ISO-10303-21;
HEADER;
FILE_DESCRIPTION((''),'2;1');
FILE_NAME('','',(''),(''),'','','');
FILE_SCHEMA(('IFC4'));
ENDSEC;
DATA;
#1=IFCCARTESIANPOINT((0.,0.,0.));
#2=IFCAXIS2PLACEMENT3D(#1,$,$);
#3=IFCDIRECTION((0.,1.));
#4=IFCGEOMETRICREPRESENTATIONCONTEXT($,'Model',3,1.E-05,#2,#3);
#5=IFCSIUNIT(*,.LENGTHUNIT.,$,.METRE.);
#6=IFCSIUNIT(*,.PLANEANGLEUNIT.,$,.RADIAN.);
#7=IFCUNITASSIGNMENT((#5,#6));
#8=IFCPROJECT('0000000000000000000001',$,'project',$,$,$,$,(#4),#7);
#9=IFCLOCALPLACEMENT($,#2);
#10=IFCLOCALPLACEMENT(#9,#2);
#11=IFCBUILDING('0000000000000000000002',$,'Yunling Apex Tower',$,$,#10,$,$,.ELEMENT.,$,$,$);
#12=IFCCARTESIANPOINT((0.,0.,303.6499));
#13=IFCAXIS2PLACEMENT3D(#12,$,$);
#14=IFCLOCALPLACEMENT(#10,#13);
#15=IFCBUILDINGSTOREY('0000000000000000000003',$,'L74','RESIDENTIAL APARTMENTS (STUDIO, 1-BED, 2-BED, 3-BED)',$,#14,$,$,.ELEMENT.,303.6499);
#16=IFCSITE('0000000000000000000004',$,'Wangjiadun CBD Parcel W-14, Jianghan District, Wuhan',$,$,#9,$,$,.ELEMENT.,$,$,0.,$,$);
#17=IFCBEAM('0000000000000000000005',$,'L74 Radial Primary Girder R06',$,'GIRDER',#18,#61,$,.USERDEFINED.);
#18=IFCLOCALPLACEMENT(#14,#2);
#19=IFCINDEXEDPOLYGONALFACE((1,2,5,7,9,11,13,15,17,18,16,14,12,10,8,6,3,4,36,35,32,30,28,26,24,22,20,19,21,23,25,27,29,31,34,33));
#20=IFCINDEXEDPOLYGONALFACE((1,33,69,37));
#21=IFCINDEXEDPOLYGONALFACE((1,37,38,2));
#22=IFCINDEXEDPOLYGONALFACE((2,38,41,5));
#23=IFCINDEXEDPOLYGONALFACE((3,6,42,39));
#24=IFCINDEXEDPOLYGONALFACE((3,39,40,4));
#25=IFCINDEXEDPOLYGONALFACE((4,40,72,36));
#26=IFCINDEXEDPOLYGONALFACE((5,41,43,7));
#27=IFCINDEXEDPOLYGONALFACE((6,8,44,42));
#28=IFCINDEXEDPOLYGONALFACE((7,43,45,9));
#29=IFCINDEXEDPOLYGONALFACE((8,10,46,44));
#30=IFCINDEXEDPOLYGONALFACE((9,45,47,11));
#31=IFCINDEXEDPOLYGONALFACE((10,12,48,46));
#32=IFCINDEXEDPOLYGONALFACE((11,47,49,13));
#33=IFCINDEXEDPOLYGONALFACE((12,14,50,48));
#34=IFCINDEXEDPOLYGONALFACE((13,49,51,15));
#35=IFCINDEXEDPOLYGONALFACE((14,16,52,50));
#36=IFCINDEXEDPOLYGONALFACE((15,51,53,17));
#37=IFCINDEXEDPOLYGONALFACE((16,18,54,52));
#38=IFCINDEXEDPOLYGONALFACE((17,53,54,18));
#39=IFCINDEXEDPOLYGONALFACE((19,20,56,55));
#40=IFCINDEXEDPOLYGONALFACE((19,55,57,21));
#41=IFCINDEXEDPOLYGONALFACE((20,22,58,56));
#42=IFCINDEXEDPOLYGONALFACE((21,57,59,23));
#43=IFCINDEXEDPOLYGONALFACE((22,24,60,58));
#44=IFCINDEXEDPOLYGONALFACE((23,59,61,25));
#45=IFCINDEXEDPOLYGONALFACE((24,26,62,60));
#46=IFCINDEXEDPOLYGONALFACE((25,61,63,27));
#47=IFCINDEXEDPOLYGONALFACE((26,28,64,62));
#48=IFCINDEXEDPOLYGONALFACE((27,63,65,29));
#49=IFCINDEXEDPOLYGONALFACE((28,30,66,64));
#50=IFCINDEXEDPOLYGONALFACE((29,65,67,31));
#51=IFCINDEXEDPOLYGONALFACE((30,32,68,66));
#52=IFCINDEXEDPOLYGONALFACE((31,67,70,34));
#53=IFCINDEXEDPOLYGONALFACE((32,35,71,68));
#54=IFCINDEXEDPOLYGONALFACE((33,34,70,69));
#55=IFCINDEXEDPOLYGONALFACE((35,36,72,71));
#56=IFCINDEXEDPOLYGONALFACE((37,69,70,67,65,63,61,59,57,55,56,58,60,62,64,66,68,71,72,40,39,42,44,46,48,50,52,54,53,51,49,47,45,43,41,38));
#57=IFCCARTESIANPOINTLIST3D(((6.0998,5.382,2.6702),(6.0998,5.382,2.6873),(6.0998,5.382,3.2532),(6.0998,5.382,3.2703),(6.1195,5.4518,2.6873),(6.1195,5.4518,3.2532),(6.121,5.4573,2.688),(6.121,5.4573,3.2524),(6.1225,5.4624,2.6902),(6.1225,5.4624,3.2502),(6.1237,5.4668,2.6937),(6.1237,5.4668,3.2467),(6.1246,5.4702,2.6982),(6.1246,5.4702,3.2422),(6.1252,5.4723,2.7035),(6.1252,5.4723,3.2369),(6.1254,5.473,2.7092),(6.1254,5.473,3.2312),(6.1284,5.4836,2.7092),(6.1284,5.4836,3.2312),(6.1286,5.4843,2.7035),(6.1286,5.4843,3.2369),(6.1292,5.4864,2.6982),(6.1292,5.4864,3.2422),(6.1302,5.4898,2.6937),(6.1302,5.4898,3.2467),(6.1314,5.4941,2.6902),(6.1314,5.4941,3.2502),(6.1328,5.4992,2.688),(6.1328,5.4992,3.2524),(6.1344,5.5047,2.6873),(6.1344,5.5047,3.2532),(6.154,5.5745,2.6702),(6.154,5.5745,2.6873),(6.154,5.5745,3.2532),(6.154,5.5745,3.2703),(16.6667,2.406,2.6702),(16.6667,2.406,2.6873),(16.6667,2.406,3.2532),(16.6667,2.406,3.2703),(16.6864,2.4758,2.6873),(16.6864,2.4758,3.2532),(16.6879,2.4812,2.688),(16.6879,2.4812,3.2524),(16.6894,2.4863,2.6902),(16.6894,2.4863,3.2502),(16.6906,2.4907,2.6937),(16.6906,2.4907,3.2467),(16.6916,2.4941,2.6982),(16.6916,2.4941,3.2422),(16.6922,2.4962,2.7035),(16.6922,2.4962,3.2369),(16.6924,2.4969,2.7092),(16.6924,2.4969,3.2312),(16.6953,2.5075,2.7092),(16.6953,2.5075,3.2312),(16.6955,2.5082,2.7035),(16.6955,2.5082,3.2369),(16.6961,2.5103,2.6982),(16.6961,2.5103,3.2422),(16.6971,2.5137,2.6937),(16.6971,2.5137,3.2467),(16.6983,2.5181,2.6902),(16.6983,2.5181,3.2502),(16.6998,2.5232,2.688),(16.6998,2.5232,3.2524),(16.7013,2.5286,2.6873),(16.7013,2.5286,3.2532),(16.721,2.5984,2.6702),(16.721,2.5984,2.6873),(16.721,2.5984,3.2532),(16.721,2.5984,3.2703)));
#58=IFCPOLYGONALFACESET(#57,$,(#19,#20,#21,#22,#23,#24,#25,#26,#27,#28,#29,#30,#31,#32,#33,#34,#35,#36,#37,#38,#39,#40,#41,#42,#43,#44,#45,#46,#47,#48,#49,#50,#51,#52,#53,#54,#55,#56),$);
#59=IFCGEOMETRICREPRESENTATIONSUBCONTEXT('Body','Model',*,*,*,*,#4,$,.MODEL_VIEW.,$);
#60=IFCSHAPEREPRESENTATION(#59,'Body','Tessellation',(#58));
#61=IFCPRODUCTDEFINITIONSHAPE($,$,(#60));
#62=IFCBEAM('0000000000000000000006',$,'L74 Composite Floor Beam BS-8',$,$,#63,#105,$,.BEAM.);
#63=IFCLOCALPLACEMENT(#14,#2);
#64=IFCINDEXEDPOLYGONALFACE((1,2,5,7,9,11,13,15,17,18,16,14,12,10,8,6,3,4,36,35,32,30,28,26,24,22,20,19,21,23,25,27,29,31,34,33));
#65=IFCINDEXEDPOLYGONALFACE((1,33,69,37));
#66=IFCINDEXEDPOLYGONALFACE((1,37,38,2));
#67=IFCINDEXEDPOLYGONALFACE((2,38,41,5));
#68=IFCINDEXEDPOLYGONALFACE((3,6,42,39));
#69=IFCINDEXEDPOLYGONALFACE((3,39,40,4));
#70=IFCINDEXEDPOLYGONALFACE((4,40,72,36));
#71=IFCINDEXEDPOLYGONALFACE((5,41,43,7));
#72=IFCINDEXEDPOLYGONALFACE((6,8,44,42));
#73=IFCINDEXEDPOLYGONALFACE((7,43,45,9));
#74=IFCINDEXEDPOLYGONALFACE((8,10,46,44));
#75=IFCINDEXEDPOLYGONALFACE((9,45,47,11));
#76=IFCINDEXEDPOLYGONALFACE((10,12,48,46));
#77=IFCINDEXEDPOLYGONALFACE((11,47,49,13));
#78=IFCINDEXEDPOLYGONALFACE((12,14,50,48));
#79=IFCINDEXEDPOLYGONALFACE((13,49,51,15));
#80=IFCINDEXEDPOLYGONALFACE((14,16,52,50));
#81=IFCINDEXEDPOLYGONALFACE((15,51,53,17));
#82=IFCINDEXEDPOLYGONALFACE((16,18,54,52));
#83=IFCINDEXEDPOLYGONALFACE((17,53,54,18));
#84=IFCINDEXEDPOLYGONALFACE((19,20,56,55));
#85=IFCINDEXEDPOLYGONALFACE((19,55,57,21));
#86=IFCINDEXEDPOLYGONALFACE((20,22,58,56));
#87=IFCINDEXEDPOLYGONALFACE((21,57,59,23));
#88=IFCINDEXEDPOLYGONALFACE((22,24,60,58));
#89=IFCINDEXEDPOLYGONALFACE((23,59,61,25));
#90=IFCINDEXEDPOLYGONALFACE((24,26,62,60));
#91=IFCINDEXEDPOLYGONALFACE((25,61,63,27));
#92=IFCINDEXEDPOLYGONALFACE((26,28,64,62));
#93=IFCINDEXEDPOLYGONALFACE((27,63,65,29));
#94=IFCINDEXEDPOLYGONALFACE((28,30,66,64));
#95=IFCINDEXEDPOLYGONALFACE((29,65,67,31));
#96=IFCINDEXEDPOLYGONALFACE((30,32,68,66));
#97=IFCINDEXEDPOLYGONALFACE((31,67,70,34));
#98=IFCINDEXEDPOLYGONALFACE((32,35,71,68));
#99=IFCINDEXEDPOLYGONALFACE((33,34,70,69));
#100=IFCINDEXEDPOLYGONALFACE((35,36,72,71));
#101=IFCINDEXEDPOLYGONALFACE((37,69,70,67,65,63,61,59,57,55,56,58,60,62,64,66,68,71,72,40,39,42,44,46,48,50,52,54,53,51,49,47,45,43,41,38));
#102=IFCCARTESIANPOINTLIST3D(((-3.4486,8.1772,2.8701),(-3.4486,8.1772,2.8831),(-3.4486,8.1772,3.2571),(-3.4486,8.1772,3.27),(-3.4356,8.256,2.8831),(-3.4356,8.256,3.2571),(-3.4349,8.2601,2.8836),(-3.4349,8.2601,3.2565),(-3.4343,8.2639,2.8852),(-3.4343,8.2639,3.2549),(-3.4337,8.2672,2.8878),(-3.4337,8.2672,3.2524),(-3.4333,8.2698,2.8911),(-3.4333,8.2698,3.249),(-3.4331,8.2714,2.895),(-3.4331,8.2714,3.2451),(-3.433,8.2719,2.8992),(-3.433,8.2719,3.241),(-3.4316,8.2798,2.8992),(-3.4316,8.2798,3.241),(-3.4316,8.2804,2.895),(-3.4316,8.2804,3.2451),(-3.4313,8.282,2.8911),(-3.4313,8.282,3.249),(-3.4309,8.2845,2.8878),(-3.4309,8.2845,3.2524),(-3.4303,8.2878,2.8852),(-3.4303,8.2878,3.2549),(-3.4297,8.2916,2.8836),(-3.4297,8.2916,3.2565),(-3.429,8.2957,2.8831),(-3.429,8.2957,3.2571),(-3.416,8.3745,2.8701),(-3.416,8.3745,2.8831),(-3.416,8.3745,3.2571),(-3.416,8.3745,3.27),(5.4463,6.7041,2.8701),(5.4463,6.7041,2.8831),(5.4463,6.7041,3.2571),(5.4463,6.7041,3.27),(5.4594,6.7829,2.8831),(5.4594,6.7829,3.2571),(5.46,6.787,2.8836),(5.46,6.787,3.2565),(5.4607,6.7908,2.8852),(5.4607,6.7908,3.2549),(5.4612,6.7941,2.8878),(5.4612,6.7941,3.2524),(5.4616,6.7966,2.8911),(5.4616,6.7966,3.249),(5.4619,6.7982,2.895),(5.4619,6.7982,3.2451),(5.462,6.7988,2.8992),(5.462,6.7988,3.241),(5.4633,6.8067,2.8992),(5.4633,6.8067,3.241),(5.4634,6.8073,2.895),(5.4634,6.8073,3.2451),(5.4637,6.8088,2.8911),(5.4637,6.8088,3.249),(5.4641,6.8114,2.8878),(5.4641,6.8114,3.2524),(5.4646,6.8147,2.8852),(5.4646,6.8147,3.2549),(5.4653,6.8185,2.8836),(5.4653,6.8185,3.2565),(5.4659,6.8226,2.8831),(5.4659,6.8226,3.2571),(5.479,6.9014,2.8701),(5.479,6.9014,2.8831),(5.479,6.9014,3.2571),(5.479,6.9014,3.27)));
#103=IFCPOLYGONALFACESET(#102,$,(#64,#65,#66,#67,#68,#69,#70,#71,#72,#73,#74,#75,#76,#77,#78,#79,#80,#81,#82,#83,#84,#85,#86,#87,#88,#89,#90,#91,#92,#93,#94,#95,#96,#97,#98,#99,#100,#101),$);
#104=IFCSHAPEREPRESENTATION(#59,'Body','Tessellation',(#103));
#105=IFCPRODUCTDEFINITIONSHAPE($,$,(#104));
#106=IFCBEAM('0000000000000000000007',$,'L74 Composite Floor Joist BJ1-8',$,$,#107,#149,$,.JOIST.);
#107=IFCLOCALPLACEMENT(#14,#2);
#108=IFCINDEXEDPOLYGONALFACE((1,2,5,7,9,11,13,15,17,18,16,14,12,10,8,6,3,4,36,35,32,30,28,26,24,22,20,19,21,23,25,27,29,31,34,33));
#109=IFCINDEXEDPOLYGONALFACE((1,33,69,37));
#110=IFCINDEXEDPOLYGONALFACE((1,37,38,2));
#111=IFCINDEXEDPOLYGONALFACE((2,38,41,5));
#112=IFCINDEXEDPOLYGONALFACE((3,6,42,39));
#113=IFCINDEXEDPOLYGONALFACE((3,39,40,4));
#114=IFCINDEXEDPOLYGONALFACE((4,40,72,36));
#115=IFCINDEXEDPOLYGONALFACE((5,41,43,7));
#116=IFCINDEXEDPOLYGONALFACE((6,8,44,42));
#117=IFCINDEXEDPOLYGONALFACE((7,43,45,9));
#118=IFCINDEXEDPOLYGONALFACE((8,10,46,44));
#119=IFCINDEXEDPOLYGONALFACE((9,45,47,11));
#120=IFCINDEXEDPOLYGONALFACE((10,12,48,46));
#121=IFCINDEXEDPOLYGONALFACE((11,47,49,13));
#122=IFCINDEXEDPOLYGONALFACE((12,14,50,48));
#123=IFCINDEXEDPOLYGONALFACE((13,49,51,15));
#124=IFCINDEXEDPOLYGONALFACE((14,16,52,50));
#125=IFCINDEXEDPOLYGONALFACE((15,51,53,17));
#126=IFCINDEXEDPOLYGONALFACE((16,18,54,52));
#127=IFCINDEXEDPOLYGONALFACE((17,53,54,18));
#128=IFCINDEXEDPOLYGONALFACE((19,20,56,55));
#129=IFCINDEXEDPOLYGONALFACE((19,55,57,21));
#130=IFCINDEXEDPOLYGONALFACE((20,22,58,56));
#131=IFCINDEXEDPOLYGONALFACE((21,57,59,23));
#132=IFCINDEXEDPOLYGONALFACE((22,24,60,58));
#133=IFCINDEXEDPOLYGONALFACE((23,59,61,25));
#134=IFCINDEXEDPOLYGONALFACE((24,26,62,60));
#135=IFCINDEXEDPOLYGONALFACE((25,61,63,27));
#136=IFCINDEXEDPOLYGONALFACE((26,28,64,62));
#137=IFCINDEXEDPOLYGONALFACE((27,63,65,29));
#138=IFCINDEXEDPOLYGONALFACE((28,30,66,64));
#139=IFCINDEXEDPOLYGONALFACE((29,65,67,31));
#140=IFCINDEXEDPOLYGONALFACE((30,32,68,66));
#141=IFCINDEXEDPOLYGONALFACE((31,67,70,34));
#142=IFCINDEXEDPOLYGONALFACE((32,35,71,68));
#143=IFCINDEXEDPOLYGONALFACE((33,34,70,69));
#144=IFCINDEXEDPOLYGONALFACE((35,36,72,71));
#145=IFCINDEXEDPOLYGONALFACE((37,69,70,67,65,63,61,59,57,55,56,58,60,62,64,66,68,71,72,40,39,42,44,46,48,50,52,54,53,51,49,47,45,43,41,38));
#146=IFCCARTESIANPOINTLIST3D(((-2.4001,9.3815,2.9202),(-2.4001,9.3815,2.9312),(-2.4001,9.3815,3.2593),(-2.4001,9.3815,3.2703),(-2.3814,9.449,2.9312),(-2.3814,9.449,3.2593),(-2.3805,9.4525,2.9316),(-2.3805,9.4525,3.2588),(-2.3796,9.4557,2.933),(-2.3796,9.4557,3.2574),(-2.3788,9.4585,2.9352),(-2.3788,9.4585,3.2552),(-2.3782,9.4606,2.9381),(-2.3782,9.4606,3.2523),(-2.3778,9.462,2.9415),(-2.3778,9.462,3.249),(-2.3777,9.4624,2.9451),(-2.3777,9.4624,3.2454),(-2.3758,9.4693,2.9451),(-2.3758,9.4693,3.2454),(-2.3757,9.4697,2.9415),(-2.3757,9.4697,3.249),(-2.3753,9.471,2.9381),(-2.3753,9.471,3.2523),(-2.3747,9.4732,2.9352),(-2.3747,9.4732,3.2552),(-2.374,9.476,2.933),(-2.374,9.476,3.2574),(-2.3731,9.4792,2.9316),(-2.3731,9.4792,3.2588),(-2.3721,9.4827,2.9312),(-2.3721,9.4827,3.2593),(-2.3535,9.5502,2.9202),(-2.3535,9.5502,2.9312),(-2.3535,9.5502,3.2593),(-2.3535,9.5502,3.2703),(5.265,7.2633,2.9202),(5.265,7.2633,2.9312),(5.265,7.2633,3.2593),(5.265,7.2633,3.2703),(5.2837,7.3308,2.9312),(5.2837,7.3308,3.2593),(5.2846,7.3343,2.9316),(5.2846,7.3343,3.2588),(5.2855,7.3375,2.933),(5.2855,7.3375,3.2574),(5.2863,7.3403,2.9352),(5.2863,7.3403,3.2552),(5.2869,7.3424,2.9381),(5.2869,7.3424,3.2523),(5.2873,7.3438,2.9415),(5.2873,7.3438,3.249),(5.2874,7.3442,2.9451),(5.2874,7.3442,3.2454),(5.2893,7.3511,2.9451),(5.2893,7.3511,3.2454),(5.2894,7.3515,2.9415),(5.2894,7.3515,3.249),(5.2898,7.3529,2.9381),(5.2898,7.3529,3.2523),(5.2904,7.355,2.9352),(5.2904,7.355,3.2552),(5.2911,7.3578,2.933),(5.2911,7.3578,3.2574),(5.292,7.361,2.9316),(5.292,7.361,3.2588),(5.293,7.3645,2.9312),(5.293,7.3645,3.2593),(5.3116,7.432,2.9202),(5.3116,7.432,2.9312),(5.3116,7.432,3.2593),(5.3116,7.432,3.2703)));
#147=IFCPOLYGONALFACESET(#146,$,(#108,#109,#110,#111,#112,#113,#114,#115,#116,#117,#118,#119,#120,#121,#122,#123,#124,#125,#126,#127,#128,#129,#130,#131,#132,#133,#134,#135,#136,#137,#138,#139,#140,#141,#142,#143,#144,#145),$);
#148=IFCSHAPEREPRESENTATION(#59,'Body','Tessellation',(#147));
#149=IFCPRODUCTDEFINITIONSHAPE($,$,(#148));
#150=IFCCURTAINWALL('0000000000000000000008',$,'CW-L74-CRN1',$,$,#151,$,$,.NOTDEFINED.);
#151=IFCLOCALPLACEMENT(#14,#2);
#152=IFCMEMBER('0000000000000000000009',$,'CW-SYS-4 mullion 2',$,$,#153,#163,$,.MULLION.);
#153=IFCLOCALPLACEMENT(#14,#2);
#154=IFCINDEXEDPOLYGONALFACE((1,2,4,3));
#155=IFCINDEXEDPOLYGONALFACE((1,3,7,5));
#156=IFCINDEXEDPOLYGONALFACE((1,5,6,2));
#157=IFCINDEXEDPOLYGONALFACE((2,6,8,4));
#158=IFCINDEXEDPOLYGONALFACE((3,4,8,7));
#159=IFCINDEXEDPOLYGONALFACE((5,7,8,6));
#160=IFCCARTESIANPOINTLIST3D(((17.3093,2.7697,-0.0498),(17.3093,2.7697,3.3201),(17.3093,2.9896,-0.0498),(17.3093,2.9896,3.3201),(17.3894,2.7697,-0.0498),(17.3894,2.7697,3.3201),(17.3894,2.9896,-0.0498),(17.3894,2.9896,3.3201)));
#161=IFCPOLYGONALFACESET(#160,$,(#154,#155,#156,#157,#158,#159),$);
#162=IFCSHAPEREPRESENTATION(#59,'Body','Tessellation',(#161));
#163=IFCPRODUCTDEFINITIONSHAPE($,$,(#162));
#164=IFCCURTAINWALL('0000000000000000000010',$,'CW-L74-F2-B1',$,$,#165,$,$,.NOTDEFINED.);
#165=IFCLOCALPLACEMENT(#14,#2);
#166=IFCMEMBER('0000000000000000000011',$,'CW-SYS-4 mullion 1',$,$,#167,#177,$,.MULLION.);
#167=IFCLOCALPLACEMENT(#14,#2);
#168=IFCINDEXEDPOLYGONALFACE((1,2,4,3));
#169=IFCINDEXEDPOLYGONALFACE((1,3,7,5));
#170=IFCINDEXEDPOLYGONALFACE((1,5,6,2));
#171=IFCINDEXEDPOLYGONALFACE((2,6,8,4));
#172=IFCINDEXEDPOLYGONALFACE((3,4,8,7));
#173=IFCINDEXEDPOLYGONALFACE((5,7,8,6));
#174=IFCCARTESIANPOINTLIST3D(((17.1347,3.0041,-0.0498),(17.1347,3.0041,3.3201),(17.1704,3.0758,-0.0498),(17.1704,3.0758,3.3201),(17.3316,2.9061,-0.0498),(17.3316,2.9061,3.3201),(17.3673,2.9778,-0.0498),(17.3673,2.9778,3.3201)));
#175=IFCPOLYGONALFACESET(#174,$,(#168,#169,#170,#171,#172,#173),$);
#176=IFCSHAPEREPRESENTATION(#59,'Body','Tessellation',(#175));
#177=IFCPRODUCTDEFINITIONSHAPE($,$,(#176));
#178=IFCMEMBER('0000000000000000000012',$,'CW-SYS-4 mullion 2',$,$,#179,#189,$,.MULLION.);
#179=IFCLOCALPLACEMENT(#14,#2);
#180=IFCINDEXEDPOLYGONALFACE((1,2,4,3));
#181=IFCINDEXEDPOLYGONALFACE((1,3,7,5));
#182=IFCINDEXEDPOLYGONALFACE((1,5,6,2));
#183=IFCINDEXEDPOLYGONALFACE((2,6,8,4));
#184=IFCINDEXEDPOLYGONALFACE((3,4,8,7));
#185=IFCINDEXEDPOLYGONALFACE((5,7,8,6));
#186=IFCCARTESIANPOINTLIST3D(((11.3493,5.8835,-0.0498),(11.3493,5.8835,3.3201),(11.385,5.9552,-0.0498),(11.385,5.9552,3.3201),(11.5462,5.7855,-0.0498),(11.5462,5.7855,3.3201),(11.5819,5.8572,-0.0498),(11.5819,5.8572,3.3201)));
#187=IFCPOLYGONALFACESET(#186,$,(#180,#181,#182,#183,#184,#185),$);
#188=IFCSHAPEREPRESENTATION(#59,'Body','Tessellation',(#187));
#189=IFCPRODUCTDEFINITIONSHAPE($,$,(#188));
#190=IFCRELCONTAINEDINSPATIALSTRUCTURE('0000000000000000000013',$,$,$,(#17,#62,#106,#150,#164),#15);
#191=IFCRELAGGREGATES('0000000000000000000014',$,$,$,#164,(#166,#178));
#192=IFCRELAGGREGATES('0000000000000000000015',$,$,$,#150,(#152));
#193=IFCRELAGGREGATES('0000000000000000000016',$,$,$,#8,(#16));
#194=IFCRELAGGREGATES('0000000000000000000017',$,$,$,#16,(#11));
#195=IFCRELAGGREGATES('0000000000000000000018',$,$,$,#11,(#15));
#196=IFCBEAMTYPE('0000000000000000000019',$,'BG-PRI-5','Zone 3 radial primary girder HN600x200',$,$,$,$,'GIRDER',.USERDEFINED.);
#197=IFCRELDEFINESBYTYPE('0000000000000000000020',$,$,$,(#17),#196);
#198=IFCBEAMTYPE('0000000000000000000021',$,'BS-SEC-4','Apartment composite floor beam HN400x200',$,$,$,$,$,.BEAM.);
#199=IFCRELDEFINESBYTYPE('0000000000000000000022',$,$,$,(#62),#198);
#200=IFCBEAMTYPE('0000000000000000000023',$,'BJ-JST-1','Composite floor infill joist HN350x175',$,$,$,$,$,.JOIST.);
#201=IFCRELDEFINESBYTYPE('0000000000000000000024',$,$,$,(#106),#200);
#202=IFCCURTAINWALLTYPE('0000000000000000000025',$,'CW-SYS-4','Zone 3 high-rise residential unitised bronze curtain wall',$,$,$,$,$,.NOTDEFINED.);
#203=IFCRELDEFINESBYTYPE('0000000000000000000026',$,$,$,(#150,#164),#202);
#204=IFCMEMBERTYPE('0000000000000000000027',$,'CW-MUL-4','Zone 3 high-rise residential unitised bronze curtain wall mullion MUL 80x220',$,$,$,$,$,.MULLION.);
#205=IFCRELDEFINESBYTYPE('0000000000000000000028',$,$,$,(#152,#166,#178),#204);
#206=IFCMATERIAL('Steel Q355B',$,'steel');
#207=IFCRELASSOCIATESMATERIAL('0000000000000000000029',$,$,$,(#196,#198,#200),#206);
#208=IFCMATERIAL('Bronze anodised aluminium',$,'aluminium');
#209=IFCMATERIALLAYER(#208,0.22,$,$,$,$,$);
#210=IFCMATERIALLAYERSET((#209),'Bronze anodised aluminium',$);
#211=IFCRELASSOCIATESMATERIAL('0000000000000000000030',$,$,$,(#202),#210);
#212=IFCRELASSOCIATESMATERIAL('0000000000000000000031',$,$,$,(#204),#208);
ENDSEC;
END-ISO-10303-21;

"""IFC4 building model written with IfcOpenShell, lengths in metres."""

from ifc_helpers import new_model, si_unit, direction, frame, origin, origin_2d, place, context, subcontext, project, spatial, rectangle, i_section, extrude, source, transform, mapped, material, layer, layer_set, material_profile, profile_set, type_object, element, aggregate, save


model = new_model("IFC4")

# Units and contexts
model_context = context("Model", 3, precision=1e-05, world=origin(), true_north=direction((0.0, 1.0)))
body_context = subcontext(model_context, "Body", "Model", "MODEL_VIEW")
ifc_project = project(units=[si_unit("LENGTHUNIT", "METRE"), si_unit("PLANEANGLEUNIT", "RADIAN")], contexts=[model_context])

# Site, building, storey
site_placement = place(None, origin())
site = spatial("IfcSite", under=ifc_project, at=site_placement, Name="Wangjiadun CBD Parcel W-14, Jianghan District, Wuhan", CompositionType="ELEMENT", RefElevation=0.0)
building_placement = place(site_placement, origin())
building = spatial("IfcBuilding", under=site, at=building_placement, Name="Yunling Apex Tower", CompositionType="ELEMENT")
storey_placement = place(building_placement, frame((0.0, 0.0, 303.6499)))
storey = spatial("IfcBuildingStorey", under=building, at=storey_placement, Name="L74", Description="RESIDENTIAL APARTMENTS (STUDIO, 1-BED, 2-BED, 3-BED)", CompositionType="ELEMENT", Elevation=303.6499)

# Shared definitions
ifc_material_1 = material(Name="Steel Q355B", Category="steel")

# Beams
ifc_material_profile_1 = material_profile(ifc_material_1, i_section(OverallWidth=0.2, OverallDepth=0.6001, WebThickness=0.011, FlangeThickness=0.0171, FilletRadius=0.022, at=origin_2d()))
ifc_profile_set_1 = profile_set([ifc_material_profile_1], Name="Steel Q355B")
beam_type_1 = type_object("IfcBeamType", Name="BG-PRI-5", Description="Zone 3 radial primary girder HN600x200", ElementType="GIRDER", PredefinedType="USERDEFINED", material=ifc_profile_set_1)
shared_shape_1 = source(origin(), body_context, "Body", "SweptSolid", [
    extrude(i_section(OverallWidth=0.2, OverallDepth=0.6001, WebThickness=0.011, FlangeThickness=0.0171, FilletRadius=0.022, at=origin_2d()), origin(), (0.0, 0.0, 1.0), 10.978),
])
beam_1_placement = place(storey_placement, frame((16.6938, 2.5022, 2.9702), z_axis=(-0.962553, 0.271095, 0.0), x_axis=(-0.271095, -0.962553, 0.0)))
element("IfcBeam", 1, at=beam_1_placement, inside=storey, type_object=beam_type_1, Name="L74 Radial Primary Girder R06", ObjectType="GIRDER", PredefinedType="USERDEFINED", context=body_context, shape_type="MappedRepresentation", body=[
    mapped(shared_shape_1, transform((0.0, 0.0, 0.0), scale=1.0)),
])
ifc_material_profile_2 = material_profile(ifc_material_1, i_section(OverallWidth=0.2, OverallDepth=0.3999, WebThickness=0.0081, FlangeThickness=0.0129, FilletRadius=0.0161, at=origin_2d()))
ifc_profile_set_2 = profile_set([ifc_material_profile_2], Name="Steel Q355B")
beam_type_2 = type_object("IfcBeamType", Name="BS-SEC-4", Description="Apartment composite floor beam HN400x200", PredefinedType="BEAM", material=ifc_profile_set_2)
shared_shape_2 = source(origin(), body_context, "Body", "SweptSolid", [
    extrude(i_section(OverallWidth=0.2, OverallDepth=0.3999, WebThickness=0.0081, FlangeThickness=0.0129, FilletRadius=0.0161, at=origin_2d()), origin(), (0.0, 0.0, 1.0), 9.0161),
])
beam_2_placement = place(storey_placement, frame((5.4626, 6.8027, 3.0701), z_axis=(-0.986562, 0.163389, 0.0), x_axis=(-0.163389, -0.986562, 0.0)))
element("IfcBeam", 2, at=beam_2_placement, inside=storey, type_object=beam_type_2, Name="L74 Composite Floor Beam BS-8", PredefinedType="BEAM", context=body_context, shape_type="MappedRepresentation", body=[
    mapped(shared_shape_2, transform((0.0, 0.0, 0.0), scale=1.0)),
])
ifc_material_profile_3 = material_profile(ifc_material_1, i_section(OverallWidth=0.175, OverallDepth=0.3501, WebThickness=0.0071, FlangeThickness=0.011, FilletRadius=0.0139, at=origin_2d()))
ifc_profile_set_3 = profile_set([ifc_material_profile_3], Name="Steel Q355B")
beam_type_3 = type_object("IfcBeamType", Name="BJ-JST-1", Description="Composite floor infill joist HN350x175", PredefinedType="JOIST", material=ifc_profile_set_3)
shared_shape_3 = source(origin(), body_context, "Body", "SweptSolid", [
    extrude(i_section(OverallWidth=0.175, OverallDepth=0.3501, WebThickness=0.0071, FlangeThickness=0.011, FilletRadius=0.0139, at=origin_2d()), origin(), (0.0, 0.0, 1.0), 7.9524),
])
beam_3_placement = place(storey_placement, frame((5.2883, 7.3477, 3.0952), z_axis=(-0.963874, 0.266358, 0.0), x_axis=(-0.266358, -0.963874, 0.0)))
element("IfcBeam", 3, at=beam_3_placement, inside=storey, type_object=beam_type_3, Name="L74 Composite Floor Joist BJ1-8", PredefinedType="JOIST", context=body_context, shape_type="MappedRepresentation", body=[
    mapped(shared_shape_3, transform((0.0, 0.0, 0.0), scale=1.0)),
])

# Curtain wall, member
ifc_material_2 = material(Name="Bronze anodised aluminium", Category="aluminium")
ifc_layer_1 = layer(ifc_material_2, 0.22)
ifc_layer_set_1 = layer_set([ifc_layer_1], Name="Bronze anodised aluminium")
curtain_wall_type = type_object("IfcCurtainWallType", Name="CW-SYS-4", Description="Zone 3 high-rise residential unitised bronze curtain wall", PredefinedType="NOTDEFINED", material=ifc_layer_set_1)
curtain_wall_1_placement = place(storey_placement, origin())
curtain_wall_1 = element("IfcCurtainWall", 4, at=curtain_wall_1_placement, inside=storey, type_object=curtain_wall_type, Name="CW-L74-CRN1", PredefinedType="NOTDEFINED")
ifc_material_profile_4 = material_profile(ifc_material_2, rectangle(XDim=0.0801, YDim=0.22, at=origin_2d()))
ifc_profile_set_4 = profile_set([ifc_material_profile_4], Name="Bronze anodised aluminium")
member_type_1 = type_object("IfcMemberType", Name="CW-MUL-4", Description="Zone 3 high-rise residential unitised bronze curtain wall mullion MUL 80x220", PredefinedType="MULLION", material=ifc_profile_set_4)
shared_shape_4 = source(origin(), body_context, "Body", "SweptSolid", [
    extrude(rectangle(XDim=0.0801, YDim=0.22, at=origin_2d()), origin(), (0.0, 0.0, 1.0), 3.3699),
])
member_1_placement = place(storey_placement, frame((17.3494, 2.8796, -0.0498), z_axis=(0.0, 0.0, 1.0), x_axis=(-1.0, 0.0, 0.0)))
member_1 = element("IfcMember", 5, at=member_1_placement, type_object=member_type_1, Name="CW-SYS-4 mullion 2", PredefinedType="MULLION", context=body_context, shape_type="MappedRepresentation", body=[
    mapped(shared_shape_4, transform((0.0, 0.0, 0.0), scale=1.0)),
])

# Curtain wall, members
curtain_wall_2_placement = place(storey_placement, origin())
curtain_wall_2 = element("IfcCurtainWall", 6, at=curtain_wall_2_placement, inside=storey, type_object=curtain_wall_type, Name="CW-L74-F2-B1", PredefinedType="NOTDEFINED")
member_2_placement = place(storey_placement, frame((17.251, 2.991, -0.0498), z_axis=(0.0, 0.0, 1.0), x_axis=(-0.445568, -0.895248, 0.0)))
member_2 = element("IfcMember", 7, at=member_2_placement, type_object=member_type_1, Name="CW-SYS-4 mullion 1", PredefinedType="MULLION", context=body_context, shape_type="MappedRepresentation", body=[
    mapped(shared_shape_4, transform((0.0, 0.0, 0.0), scale=1.0)),
])
member_3_placement = place(storey_placement, frame((11.4656, 5.8704, -0.0498), z_axis=(0.0, 0.0, 1.0), x_axis=(-0.445568, -0.895248, 0.0)))
member_3 = element("IfcMember", 8, at=member_3_placement, type_object=member_type_1, Name="CW-SYS-4 mullion 2", PredefinedType="MULLION", context=body_context, shape_type="MappedRepresentation", body=[
    mapped(shared_shape_4, transform((0.0, 0.0, 0.0), scale=1.0)),
])

aggregate(curtain_wall_2, [member_2, member_3])
aggregate(curtain_wall_1, [member_1])

save(model, "model.ifc")
